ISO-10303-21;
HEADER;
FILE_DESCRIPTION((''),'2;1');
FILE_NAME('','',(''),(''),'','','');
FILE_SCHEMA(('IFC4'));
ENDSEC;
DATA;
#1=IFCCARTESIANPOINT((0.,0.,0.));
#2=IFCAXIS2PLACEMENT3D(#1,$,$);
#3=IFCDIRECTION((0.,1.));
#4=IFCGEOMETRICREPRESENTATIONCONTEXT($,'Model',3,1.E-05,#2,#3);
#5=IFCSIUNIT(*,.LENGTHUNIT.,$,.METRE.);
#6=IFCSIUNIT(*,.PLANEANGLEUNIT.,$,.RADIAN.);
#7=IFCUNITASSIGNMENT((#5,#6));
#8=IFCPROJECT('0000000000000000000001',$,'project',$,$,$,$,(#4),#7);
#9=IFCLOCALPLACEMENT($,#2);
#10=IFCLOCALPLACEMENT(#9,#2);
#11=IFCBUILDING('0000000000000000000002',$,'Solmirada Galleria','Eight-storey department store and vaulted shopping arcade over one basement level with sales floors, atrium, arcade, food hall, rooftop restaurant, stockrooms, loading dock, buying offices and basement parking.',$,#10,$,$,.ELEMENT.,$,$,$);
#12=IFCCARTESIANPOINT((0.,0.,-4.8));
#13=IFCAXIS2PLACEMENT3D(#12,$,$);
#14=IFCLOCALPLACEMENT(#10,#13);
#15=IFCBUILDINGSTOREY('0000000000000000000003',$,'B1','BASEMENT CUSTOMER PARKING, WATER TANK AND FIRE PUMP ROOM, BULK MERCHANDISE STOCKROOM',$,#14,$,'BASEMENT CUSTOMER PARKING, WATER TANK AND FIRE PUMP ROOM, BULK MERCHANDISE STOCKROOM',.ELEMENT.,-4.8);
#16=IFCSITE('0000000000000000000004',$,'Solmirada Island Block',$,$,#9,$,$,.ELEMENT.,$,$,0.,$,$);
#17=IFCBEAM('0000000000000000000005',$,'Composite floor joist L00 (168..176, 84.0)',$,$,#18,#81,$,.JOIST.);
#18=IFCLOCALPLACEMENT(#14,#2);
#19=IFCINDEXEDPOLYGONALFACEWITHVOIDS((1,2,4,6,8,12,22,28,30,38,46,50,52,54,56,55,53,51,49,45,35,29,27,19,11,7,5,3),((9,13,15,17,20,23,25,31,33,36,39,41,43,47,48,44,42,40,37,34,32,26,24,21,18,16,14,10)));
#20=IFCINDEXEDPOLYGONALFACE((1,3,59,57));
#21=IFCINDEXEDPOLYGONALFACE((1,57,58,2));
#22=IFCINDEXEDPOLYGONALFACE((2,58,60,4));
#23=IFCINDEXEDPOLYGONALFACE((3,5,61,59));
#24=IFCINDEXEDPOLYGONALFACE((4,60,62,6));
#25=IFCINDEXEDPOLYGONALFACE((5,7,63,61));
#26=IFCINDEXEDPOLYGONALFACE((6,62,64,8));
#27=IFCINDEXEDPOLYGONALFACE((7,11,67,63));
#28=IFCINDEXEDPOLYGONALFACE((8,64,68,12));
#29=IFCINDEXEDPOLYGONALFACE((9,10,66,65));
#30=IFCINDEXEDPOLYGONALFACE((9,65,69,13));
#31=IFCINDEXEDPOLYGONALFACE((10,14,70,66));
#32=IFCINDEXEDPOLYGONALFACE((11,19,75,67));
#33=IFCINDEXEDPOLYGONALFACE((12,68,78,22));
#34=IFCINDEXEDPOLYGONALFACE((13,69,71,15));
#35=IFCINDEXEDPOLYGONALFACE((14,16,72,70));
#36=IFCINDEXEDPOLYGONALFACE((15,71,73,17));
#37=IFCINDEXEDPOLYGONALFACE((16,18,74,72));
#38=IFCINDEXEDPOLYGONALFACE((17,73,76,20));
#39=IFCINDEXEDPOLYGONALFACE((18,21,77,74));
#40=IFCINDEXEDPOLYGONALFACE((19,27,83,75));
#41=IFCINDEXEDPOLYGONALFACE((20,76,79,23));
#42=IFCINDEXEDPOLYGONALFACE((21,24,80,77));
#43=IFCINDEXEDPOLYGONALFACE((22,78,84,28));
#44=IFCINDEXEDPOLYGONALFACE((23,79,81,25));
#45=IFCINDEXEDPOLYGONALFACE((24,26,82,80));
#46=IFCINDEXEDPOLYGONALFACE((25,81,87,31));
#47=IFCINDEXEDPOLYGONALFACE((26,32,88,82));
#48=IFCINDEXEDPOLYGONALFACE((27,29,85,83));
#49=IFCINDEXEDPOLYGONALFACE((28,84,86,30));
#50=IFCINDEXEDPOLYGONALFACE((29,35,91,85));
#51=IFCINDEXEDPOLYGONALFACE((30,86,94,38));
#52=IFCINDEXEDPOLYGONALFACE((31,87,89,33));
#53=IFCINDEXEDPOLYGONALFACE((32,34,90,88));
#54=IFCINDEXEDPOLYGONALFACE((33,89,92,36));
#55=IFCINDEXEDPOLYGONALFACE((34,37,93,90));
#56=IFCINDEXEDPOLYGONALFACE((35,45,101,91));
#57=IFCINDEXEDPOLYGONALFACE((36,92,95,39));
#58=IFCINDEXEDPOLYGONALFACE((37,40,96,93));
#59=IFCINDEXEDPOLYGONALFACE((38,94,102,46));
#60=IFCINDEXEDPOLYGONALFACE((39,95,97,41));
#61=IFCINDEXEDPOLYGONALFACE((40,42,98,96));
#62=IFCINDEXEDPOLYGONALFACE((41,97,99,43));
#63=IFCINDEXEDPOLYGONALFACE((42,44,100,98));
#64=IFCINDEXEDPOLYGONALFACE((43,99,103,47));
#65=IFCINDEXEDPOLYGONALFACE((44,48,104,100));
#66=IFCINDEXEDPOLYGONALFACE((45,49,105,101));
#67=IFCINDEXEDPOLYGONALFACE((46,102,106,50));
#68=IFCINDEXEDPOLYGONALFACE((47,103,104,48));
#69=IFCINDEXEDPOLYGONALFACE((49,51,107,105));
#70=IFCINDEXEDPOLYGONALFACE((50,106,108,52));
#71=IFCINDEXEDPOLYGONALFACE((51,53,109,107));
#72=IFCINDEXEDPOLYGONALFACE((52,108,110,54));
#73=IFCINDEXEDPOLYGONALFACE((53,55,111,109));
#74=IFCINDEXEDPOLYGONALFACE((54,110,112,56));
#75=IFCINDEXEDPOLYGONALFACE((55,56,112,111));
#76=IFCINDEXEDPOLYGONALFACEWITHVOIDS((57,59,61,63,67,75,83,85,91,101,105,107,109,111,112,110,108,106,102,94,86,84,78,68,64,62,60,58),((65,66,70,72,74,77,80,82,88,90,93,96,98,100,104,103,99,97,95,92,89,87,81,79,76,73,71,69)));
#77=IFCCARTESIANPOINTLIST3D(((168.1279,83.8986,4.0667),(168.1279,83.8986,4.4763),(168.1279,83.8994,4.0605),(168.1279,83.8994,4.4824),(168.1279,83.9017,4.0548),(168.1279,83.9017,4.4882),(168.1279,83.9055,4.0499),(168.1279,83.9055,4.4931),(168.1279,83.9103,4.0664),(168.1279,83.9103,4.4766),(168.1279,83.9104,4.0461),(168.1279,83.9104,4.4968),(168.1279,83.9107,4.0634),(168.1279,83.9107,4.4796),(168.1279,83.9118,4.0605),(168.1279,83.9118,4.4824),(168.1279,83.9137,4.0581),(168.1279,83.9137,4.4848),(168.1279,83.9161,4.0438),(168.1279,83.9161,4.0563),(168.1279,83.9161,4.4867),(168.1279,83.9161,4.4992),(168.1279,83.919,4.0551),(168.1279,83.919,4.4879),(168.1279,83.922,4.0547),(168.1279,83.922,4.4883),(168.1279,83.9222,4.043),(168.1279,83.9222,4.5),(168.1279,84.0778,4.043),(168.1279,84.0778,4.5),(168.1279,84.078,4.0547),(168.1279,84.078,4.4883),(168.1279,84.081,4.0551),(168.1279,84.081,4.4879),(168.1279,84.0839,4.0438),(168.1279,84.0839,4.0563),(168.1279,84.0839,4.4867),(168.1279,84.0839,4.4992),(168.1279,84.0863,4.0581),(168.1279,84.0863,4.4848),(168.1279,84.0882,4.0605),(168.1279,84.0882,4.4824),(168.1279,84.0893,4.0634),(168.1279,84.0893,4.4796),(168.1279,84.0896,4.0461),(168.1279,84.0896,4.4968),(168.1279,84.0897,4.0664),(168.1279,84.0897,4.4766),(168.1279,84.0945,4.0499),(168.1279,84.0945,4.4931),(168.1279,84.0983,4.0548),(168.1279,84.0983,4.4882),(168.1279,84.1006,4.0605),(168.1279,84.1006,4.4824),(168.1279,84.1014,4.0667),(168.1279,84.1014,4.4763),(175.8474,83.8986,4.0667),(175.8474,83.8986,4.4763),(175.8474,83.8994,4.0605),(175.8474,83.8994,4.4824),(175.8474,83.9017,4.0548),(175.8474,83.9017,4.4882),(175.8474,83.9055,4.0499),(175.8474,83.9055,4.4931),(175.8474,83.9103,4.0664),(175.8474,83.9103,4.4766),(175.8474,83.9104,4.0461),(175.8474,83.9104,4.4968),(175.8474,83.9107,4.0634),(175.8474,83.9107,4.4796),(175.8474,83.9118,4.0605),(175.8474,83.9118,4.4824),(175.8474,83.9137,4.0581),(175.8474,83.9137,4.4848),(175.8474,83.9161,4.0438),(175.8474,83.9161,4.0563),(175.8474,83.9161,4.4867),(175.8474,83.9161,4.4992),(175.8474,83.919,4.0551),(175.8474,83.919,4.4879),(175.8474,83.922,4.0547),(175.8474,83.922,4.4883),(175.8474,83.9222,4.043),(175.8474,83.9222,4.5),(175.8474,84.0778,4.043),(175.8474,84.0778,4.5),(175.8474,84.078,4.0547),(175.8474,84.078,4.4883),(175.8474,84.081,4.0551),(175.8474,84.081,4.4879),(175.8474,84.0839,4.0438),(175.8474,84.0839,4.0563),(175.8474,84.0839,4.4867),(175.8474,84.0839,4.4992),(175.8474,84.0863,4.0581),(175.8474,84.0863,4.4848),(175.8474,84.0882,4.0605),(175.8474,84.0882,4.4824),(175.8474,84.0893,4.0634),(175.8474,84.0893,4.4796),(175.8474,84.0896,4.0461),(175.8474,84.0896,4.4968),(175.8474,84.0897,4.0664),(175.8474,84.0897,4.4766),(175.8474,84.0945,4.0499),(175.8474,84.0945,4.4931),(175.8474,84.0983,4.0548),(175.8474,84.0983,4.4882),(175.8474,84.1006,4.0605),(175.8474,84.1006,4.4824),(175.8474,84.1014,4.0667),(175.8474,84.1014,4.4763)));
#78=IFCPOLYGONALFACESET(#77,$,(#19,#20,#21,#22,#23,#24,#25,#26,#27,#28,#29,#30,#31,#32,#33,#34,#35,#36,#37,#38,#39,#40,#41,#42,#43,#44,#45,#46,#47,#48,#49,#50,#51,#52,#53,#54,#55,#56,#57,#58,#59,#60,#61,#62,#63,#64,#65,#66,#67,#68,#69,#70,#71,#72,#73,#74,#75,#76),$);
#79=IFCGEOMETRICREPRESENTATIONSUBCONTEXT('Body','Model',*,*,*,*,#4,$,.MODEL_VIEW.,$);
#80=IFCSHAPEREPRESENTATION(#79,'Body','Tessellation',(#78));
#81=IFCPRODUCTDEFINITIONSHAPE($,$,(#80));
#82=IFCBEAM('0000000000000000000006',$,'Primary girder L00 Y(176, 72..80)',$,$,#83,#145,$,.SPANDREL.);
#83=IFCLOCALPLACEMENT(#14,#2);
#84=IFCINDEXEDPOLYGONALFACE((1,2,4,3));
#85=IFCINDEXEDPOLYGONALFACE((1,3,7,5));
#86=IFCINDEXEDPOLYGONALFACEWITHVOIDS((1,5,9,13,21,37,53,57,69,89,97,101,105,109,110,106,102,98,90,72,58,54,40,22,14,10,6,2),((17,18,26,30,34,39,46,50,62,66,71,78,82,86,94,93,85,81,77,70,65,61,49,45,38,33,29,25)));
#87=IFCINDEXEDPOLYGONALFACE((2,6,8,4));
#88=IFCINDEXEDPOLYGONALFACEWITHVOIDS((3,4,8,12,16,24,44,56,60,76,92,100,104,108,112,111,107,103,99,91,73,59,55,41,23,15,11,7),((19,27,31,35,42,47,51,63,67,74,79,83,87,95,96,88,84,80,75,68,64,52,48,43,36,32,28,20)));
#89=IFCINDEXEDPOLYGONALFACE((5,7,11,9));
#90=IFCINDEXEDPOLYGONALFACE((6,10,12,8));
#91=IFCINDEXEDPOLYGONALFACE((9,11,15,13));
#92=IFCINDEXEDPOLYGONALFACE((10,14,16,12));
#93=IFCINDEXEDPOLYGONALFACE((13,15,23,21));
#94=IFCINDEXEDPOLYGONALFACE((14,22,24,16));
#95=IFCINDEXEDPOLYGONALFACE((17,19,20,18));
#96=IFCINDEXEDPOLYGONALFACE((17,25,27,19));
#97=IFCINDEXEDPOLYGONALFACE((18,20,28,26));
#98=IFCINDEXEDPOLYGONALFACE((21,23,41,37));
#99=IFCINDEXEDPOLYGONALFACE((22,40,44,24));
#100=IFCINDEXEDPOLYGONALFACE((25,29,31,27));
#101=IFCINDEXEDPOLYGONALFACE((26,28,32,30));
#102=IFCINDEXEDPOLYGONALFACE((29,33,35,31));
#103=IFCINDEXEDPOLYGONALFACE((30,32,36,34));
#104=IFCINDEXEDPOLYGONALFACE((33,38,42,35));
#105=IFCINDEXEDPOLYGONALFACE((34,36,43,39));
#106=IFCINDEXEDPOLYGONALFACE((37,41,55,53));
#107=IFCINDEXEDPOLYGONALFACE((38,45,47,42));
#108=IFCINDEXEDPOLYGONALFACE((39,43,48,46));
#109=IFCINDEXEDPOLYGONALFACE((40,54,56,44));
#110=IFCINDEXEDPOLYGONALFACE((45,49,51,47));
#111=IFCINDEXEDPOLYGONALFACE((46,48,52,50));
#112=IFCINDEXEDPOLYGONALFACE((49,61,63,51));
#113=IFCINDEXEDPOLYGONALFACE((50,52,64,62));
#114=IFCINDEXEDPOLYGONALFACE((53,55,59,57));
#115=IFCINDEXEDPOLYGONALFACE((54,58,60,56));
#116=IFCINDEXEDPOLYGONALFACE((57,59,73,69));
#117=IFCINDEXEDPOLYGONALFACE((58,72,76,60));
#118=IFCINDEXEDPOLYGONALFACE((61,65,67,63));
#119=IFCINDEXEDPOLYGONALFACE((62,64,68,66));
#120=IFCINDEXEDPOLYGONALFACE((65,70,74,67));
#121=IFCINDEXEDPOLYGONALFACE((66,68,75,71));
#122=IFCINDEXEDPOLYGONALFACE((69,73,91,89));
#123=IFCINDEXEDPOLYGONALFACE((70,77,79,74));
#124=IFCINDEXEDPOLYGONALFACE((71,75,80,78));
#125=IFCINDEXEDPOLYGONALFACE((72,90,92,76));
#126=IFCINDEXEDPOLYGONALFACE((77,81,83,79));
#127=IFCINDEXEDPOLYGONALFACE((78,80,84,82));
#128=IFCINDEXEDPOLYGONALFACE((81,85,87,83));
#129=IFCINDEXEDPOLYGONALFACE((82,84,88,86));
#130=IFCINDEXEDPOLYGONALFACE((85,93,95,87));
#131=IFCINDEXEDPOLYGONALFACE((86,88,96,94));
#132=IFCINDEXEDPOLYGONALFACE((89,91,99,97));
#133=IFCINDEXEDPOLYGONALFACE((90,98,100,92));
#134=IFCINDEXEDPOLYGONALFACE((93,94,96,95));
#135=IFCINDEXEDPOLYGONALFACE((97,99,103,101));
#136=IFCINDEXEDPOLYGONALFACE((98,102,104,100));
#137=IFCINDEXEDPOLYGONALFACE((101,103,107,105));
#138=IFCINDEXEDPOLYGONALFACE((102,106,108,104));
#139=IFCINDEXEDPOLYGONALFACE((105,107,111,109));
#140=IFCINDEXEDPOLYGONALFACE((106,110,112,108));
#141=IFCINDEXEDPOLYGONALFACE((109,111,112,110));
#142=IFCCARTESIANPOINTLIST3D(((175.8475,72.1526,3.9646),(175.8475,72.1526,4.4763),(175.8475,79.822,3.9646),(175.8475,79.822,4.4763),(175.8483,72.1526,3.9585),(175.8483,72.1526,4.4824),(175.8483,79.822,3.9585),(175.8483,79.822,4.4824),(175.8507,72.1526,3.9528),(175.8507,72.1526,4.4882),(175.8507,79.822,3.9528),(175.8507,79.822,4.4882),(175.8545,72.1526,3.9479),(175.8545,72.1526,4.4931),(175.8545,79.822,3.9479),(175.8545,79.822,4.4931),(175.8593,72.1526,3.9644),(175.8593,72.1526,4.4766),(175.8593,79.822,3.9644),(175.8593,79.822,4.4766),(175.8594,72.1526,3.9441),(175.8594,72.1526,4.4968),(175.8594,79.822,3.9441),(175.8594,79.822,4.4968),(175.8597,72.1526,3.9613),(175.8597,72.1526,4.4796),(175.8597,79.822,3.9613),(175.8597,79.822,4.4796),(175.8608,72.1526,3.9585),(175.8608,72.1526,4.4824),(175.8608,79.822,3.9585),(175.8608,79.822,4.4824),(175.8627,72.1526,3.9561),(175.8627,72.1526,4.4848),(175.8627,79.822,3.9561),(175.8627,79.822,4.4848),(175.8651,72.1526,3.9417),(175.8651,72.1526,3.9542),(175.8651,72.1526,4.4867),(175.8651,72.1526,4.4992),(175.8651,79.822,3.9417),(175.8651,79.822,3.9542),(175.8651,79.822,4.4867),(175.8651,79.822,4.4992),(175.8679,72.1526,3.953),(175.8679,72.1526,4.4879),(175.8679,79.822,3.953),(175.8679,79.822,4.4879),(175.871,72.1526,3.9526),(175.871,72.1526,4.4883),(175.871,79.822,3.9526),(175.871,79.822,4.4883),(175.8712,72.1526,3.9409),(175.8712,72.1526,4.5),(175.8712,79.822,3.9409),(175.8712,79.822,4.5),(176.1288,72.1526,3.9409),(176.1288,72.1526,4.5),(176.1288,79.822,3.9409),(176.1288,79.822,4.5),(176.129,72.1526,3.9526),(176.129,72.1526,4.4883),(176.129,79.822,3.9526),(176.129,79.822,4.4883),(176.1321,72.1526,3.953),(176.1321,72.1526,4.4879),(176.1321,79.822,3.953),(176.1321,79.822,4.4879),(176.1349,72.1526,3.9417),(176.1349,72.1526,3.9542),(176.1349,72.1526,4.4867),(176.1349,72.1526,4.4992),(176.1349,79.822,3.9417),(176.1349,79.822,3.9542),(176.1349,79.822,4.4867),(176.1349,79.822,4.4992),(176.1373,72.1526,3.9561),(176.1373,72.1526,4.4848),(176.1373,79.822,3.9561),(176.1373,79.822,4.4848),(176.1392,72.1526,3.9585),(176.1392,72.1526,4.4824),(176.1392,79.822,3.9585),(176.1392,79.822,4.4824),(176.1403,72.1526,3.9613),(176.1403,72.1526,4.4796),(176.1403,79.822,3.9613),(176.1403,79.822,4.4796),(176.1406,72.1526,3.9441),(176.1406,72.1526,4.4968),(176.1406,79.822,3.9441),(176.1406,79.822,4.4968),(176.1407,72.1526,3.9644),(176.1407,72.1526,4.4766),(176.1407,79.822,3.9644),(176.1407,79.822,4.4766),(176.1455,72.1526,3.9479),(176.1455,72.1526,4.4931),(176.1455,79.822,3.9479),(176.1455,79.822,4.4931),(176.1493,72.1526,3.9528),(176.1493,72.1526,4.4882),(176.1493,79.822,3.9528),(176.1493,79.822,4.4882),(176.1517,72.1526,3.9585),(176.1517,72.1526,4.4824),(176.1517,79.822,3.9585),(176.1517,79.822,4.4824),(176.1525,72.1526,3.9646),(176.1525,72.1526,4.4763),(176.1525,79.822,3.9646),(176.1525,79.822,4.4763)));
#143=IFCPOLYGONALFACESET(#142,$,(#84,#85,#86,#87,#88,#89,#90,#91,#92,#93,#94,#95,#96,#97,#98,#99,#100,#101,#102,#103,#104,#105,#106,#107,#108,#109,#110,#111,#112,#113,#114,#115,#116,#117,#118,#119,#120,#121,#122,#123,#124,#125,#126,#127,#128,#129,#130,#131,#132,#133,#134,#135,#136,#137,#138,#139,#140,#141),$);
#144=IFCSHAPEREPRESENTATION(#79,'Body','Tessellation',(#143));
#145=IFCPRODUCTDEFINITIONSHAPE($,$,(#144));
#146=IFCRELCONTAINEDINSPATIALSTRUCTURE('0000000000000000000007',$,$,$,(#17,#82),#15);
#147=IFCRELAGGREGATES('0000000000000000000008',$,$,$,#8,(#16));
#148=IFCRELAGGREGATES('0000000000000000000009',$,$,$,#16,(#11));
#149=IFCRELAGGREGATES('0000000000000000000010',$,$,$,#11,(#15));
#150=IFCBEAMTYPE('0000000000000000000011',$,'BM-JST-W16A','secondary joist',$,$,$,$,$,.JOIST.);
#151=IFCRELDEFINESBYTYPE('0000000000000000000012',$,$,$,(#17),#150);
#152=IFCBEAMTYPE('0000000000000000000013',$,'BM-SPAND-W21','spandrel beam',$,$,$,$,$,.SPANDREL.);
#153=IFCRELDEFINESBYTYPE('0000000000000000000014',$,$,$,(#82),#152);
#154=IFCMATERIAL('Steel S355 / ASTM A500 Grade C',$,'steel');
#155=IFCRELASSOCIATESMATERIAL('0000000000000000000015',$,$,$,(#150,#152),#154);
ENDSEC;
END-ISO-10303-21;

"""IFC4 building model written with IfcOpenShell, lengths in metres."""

from ifc_helpers import new_model, si_unit, direction, frame, origin, origin_2d, place, context, subcontext, project, spatial, hollow_rectangle, extrude, material, material_profile, profile_set, type_object, element, save


model = new_model("IFC4")

# Units and contexts
model_context = context("Model", 3, precision=1e-05, world=origin(), true_north=direction((0.0, 1.0)))
body_context = subcontext(model_context, "Body", "Model", "MODEL_VIEW")
ifc_project = project(units=[si_unit("LENGTHUNIT", "METRE"), si_unit("PLANEANGLEUNIT", "RADIAN")], contexts=[model_context])

# Site, building, storey
site_placement = place(None, origin())
site = spatial("IfcSite", under=ifc_project, at=site_placement, Name="Solmirada Island Block", CompositionType="ELEMENT", RefElevation=0.0)
building_placement = place(site_placement, origin())
building = spatial("IfcBuilding", under=site, at=building_placement, Name="Solmirada Galleria", Description="Eight-storey department store and vaulted shopping arcade over one basement level with sales floors, atrium, arcade, food hall, rooftop restaurant, stockrooms, loading dock, buying offices and basement parking.", CompositionType="ELEMENT")
storey_placement = place(building_placement, frame((0.0, 0.0, -4.8)))
storey = spatial("IfcBuildingStorey", under=building, at=storey_placement, Name="B1", Description="BASEMENT CUSTOMER PARKING, WATER TANK AND FIRE PUMP ROOM, BULK MERCHANDISE STOCKROOM", LongName="BASEMENT CUSTOMER PARKING, WATER TANK AND FIRE PUMP ROOM, BULK MERCHANDISE STOCKROOM", CompositionType="ELEMENT", Elevation=-4.8)

# Shared definitions
ifc_material_1 = material(Name="Steel S355 / ASTM A500 Grade C", Category="steel")

# Beams
ifc_material_profile_1 = material_profile(ifc_material_1, hollow_rectangle(XDim=0.2029, YDim=0.457, WallThickness=0.0117, InnerFilletRadius=0.0117, OuterFilletRadius=0.0237, at=origin_2d()), Name="HSS18X8X1/2")
ifc_profile_set_1 = profile_set([ifc_material_profile_1], Name="Steel S355 / ASTM A500 Grade C")
beam_type_1 = type_object("IfcBeamType", Name="BM-JST-W16A", Description="secondary joist", PredefinedType="JOIST", material=ifc_profile_set_1)
beam_1_placement = place(storey_placement, frame((168.1279, 84.0, 4.2715), z_axis=(1.0, 0.0, 0.0), x_axis=(0.0, 1.0, 0.0)))
element("IfcBeam", 1, at=beam_1_placement, inside=storey, type_object=beam_type_1, Name="Composite floor joist L00 (168..176, 84.0)", PredefinedType="JOIST", context=body_context, shape_type="SweptSolid", body=[
    extrude(hollow_rectangle(XDim=0.2029, YDim=0.457, WallThickness=0.0117, InnerFilletRadius=0.0117, OuterFilletRadius=0.0237, at=origin_2d()), origin(), (0.0, 0.0, 1.0), 7.7195),
])
ifc_material_profile_2 = material_profile(ifc_material_1, hollow_rectangle(XDim=0.3049, YDim=0.5591, WallThickness=0.0117, InnerFilletRadius=0.0117, OuterFilletRadius=0.0237, at=origin_2d()), Name="HSS22X12X1/2")
ifc_profile_set_2 = profile_set([ifc_material_profile_2], Name="Steel S355 / ASTM A500 Grade C")
beam_type_2 = type_object("IfcBeamType", Name="BM-SPAND-W21", Description="spandrel beam", PredefinedType="SPANDREL", material=ifc_profile_set_2)
beam_2_placement = place(storey_placement, frame((176.0, 72.1526, 4.2205), z_axis=(0.0, 1.0, 0.0), x_axis=(-1.0, 0.0, 0.0)))
element("IfcBeam", 2, at=beam_2_placement, inside=storey, type_object=beam_type_2, Name="Primary girder L00 Y(176, 72..80)", PredefinedType="SPANDREL", context=body_context, shape_type="SweptSolid", body=[
    extrude(hollow_rectangle(XDim=0.3049, YDim=0.5591, WallThickness=0.0117, InnerFilletRadius=0.0117, OuterFilletRadius=0.0237, at=origin_2d()), origin(), (0.0, 0.0, 1.0), 7.6694),
])

save(model, "model.ifc")
